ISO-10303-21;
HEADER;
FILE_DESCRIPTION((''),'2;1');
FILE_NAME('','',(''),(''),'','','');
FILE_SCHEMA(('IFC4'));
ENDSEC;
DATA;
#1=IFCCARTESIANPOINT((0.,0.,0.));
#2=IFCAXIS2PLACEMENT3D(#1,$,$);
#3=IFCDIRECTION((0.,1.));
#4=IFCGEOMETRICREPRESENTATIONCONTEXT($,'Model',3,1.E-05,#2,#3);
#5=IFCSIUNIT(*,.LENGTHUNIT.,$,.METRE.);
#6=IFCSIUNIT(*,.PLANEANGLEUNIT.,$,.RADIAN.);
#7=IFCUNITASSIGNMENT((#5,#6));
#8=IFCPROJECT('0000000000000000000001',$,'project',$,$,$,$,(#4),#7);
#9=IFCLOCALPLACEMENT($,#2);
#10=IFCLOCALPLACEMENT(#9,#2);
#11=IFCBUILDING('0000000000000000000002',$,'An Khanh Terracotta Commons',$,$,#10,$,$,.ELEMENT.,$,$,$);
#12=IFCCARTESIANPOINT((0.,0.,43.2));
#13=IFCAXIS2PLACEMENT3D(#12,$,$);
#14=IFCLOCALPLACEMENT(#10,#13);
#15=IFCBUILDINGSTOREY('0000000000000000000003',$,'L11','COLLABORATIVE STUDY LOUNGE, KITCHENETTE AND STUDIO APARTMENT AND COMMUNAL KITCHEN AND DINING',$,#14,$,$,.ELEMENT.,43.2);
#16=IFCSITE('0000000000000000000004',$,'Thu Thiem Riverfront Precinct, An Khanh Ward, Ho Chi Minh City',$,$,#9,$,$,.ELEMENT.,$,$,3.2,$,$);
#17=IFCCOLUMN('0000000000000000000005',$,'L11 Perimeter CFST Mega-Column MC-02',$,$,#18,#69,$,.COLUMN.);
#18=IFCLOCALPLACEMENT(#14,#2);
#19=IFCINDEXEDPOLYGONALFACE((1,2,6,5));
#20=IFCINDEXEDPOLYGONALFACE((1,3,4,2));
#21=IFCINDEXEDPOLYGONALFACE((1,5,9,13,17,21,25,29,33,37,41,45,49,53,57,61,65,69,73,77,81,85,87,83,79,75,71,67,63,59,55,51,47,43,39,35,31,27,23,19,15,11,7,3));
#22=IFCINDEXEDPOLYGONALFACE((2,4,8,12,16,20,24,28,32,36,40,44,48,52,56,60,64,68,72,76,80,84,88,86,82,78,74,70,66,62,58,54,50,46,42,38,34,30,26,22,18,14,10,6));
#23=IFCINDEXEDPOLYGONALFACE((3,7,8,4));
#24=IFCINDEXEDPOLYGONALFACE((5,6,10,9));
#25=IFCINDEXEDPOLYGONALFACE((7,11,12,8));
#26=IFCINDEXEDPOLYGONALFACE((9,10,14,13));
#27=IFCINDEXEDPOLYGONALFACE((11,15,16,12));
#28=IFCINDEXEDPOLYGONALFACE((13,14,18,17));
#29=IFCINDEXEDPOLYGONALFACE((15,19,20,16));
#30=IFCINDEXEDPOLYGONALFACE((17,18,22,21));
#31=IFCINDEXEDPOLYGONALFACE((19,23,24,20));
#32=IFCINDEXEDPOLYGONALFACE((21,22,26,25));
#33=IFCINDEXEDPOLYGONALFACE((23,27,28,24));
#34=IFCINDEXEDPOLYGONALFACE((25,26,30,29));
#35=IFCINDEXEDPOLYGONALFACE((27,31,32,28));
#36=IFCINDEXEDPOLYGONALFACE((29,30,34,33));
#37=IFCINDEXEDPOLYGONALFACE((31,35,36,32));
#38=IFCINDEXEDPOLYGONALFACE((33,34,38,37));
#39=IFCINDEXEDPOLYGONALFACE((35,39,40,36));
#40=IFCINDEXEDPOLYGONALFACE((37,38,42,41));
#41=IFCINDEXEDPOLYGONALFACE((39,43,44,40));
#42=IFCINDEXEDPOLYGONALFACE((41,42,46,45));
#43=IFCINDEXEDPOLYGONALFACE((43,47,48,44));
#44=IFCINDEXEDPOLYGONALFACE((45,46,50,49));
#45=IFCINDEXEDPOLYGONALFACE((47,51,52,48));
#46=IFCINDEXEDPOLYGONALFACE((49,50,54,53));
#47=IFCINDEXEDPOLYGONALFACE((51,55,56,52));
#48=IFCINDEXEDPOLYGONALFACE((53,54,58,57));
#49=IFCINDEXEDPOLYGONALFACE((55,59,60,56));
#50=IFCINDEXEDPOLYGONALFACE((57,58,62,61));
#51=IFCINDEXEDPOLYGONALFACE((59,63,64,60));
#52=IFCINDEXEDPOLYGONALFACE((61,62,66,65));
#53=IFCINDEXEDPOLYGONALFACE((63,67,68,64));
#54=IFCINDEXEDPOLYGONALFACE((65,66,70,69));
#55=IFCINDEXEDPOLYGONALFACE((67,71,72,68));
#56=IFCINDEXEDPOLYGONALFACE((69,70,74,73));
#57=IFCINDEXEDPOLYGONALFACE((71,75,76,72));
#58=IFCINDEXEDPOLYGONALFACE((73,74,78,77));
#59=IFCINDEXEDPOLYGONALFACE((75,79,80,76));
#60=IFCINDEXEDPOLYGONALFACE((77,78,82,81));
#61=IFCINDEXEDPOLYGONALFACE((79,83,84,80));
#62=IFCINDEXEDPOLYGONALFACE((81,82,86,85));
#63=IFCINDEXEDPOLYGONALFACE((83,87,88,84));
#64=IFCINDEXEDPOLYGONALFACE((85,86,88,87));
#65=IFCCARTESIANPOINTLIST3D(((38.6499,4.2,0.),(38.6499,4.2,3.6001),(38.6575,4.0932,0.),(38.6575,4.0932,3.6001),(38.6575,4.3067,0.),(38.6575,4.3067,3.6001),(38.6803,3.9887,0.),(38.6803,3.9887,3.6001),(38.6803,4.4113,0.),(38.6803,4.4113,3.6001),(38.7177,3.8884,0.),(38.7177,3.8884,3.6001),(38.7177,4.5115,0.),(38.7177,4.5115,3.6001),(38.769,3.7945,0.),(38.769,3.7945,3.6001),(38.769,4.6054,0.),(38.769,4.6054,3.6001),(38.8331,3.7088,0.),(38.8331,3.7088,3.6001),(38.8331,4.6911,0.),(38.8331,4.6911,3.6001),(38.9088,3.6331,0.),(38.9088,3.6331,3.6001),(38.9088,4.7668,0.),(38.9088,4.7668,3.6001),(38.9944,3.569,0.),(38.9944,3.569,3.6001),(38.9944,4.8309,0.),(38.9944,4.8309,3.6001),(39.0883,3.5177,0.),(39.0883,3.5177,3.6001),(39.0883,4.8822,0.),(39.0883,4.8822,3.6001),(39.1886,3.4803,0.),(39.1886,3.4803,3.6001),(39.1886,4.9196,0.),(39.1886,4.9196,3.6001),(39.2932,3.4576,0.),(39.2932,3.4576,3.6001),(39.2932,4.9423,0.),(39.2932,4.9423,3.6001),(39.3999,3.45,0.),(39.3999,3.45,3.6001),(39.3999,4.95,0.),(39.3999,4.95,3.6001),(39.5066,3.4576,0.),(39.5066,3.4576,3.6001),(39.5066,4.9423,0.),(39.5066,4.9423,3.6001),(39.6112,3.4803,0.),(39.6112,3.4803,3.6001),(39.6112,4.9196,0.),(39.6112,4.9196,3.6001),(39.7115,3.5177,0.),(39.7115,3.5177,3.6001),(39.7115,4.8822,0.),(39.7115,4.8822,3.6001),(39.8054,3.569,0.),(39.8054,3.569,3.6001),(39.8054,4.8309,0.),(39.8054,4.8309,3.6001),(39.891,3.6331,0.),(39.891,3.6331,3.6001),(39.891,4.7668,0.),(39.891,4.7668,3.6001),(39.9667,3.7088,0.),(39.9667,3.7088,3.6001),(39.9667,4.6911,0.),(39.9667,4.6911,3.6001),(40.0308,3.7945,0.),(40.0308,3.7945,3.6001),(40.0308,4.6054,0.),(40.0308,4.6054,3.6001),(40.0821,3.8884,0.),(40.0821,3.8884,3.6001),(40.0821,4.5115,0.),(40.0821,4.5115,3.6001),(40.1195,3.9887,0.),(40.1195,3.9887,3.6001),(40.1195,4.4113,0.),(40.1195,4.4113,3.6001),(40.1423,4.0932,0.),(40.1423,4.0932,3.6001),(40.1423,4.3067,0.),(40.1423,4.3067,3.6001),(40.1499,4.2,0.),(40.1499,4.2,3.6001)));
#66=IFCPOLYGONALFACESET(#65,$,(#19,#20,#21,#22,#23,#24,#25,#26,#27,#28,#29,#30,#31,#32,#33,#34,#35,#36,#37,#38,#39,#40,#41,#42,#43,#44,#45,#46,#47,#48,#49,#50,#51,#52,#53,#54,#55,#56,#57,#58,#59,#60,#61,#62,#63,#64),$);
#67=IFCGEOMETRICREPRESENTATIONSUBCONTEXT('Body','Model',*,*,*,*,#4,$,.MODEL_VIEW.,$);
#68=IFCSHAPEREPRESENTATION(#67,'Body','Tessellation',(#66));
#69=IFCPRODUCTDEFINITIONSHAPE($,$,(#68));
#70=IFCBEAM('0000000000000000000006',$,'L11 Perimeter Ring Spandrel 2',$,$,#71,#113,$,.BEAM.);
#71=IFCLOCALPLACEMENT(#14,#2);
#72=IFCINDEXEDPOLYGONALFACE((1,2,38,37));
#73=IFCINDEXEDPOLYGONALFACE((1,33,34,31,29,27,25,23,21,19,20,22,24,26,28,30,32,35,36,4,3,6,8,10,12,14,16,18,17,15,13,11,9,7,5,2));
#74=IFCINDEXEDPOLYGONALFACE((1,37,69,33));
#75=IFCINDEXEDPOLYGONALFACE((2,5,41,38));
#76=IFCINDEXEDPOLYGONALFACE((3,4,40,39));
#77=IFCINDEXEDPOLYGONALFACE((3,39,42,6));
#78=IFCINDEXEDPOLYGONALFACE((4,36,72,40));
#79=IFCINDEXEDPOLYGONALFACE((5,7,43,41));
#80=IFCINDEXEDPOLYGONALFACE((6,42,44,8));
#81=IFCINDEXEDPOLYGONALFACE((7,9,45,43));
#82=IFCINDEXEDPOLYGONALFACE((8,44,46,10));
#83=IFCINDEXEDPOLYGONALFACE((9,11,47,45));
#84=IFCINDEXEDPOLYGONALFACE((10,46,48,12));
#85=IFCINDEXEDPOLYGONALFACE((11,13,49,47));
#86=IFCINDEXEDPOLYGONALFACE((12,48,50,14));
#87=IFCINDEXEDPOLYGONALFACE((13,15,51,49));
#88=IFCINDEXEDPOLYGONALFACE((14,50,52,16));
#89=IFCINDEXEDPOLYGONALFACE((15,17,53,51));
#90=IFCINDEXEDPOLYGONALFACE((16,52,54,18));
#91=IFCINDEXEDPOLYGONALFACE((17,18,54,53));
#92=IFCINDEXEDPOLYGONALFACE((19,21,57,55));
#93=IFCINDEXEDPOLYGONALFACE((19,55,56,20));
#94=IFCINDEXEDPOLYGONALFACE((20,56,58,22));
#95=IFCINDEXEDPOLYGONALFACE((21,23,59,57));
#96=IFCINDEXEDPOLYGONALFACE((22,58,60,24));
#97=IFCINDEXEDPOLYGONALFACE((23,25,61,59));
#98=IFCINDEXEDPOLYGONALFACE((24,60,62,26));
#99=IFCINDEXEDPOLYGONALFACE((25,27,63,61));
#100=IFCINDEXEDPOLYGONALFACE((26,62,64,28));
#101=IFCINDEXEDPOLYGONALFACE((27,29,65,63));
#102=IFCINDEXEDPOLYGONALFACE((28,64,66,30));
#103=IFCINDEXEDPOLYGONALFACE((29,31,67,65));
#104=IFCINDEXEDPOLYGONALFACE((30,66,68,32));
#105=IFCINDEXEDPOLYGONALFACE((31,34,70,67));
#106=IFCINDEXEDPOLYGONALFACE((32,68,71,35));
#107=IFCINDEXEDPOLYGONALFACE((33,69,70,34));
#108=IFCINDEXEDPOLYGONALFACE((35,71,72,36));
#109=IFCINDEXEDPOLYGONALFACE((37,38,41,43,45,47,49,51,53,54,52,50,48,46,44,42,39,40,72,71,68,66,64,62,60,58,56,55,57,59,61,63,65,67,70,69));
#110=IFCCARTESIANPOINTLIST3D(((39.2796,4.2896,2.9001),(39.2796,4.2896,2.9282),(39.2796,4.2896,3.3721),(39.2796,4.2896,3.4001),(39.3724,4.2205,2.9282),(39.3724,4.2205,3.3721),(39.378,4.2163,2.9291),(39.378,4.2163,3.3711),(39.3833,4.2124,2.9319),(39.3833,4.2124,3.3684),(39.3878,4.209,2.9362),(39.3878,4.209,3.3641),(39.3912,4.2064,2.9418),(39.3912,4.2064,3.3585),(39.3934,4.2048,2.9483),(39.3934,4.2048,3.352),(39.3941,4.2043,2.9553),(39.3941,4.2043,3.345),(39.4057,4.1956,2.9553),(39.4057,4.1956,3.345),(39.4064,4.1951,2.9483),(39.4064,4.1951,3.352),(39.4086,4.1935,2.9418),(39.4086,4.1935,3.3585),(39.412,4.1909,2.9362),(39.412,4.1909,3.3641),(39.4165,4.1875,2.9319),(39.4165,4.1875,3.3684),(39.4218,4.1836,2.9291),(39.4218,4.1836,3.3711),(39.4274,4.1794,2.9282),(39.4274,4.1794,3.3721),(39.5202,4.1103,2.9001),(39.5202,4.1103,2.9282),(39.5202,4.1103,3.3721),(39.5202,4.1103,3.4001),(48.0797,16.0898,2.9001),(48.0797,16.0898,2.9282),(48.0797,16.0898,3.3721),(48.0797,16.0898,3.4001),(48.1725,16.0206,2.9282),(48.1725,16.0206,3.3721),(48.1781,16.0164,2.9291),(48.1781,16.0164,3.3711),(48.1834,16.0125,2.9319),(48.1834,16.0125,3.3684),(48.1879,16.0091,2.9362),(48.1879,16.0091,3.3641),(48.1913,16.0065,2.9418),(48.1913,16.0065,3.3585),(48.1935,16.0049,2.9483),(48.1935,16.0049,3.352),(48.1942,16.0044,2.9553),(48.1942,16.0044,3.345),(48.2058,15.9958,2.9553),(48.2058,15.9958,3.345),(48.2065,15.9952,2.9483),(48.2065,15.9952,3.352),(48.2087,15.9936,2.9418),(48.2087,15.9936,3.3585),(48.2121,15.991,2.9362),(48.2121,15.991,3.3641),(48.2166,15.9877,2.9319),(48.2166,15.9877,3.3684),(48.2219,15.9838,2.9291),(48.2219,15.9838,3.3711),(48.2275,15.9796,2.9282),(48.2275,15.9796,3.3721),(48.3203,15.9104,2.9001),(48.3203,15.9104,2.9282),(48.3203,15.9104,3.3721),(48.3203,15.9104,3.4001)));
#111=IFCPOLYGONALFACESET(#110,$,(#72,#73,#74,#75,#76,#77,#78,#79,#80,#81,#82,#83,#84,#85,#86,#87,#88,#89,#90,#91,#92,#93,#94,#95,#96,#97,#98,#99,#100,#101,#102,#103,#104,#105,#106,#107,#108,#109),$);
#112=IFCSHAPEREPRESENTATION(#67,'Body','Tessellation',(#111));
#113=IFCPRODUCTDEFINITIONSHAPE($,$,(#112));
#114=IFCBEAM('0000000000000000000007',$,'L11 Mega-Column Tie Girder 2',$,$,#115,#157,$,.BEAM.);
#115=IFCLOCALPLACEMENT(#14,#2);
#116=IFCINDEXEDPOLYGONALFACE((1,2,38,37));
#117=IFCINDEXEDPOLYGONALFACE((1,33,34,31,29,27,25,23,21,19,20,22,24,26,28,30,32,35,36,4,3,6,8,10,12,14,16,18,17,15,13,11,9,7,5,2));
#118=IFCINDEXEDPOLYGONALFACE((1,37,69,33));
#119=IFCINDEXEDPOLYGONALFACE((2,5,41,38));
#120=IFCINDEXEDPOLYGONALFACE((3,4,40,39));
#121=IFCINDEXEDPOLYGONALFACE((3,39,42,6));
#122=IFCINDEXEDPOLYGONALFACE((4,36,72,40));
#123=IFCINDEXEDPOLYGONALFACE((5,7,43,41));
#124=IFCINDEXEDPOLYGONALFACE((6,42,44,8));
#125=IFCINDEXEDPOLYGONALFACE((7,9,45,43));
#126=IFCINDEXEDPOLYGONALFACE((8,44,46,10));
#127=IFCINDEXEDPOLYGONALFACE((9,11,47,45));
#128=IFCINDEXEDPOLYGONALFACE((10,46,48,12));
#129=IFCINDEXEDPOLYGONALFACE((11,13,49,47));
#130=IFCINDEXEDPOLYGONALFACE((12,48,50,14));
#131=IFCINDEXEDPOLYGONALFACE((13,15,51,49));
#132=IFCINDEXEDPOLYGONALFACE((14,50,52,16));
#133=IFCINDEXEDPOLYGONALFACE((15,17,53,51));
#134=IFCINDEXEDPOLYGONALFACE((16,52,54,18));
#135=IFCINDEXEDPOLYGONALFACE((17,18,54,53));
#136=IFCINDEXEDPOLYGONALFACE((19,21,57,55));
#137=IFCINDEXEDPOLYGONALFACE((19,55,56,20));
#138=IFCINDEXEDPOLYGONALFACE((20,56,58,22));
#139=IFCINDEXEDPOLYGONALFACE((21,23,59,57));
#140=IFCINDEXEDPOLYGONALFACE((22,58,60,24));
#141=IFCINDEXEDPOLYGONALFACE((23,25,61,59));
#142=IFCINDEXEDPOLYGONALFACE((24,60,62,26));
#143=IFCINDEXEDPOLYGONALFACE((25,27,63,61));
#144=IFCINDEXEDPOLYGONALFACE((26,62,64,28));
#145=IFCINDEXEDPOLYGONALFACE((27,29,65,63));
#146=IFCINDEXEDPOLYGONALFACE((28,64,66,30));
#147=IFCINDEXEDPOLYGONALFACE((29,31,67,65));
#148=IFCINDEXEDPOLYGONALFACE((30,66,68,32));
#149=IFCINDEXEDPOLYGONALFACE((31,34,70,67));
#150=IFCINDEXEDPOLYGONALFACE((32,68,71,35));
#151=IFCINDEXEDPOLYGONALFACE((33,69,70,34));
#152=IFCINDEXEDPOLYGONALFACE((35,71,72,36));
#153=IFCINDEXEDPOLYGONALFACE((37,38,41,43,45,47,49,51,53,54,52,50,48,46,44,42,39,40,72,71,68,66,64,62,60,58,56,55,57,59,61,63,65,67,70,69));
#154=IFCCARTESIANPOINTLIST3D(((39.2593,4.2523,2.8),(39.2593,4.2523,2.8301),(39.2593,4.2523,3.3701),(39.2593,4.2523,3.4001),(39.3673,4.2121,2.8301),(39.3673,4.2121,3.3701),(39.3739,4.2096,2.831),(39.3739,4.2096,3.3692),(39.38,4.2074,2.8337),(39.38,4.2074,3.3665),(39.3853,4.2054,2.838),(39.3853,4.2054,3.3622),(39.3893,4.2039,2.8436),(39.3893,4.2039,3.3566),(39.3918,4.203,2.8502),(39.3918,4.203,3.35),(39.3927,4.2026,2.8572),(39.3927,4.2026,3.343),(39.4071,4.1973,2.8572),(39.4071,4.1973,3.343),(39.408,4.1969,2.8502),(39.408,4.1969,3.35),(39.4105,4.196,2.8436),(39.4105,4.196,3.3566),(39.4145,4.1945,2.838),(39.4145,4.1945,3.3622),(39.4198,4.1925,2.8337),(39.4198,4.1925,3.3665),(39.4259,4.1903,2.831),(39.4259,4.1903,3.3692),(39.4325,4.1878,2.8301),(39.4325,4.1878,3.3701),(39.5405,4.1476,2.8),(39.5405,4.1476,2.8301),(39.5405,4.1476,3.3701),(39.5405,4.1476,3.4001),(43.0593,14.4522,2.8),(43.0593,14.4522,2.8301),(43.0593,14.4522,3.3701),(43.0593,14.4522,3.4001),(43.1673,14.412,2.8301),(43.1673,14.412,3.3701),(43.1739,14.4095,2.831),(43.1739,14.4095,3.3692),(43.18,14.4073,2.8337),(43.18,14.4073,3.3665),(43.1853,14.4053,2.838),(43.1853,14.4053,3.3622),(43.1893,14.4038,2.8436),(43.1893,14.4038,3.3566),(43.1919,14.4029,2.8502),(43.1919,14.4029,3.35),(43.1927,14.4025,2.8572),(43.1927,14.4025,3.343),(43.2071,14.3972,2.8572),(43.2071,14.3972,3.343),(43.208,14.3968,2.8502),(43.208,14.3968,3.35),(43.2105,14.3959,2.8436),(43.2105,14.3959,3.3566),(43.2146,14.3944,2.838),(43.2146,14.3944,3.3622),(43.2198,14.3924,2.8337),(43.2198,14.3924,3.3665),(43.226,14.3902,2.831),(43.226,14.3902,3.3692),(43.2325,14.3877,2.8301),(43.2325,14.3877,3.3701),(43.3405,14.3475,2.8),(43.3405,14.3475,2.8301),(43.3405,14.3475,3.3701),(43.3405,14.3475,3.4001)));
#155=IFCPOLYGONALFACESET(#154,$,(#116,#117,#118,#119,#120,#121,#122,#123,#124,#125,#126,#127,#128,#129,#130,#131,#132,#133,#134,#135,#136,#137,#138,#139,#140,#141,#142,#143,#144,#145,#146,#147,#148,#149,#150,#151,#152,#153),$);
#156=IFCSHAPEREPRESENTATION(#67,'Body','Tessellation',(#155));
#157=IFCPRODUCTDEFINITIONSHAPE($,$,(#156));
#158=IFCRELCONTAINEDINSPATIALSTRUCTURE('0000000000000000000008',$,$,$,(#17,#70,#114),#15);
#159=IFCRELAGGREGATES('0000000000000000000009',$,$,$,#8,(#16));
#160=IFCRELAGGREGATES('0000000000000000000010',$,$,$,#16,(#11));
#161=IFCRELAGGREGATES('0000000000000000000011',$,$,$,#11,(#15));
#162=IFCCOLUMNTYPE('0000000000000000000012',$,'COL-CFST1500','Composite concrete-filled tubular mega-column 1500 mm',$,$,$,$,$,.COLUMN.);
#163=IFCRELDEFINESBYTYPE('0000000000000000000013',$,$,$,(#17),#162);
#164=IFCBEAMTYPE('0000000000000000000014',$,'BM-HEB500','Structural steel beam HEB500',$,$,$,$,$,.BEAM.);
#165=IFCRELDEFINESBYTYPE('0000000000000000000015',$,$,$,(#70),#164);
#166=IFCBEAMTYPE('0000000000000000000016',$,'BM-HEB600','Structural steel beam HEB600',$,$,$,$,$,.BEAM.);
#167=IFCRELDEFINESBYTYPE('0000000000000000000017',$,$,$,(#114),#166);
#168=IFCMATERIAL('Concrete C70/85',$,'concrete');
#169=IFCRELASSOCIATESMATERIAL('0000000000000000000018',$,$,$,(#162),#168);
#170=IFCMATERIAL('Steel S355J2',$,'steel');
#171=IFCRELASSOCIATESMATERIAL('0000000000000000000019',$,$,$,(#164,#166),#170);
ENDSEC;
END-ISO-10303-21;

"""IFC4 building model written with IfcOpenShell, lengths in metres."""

from ifc_helpers import new_model, si_unit, direction, frame, origin, origin_2d, place, context, subcontext, project, spatial, circle, i_section, extrude, material, material_profile, profile_set, type_object, element, save


model = new_model("IFC4")

# Units and contexts
model_context = context("Model", 3, precision=1e-05, world=origin(), true_north=direction((0.0, 1.0)))
body_context = subcontext(model_context, "Body", "Model", "MODEL_VIEW")
ifc_project = project(units=[si_unit("LENGTHUNIT", "METRE"), si_unit("PLANEANGLEUNIT", "RADIAN")], contexts=[model_context])

# Site, building, storey
site_placement = place(None, origin())
site = spatial("IfcSite", under=ifc_project, at=site_placement, Name="Thu Thiem Riverfront Precinct, An Khanh Ward, Ho Chi Minh City", CompositionType="ELEMENT", RefElevation=3.2)
building_placement = place(site_placement, origin())
building = spatial("IfcBuilding", under=site, at=building_placement, Name="An Khanh Terracotta Commons", CompositionType="ELEMENT")
storey_placement = place(building_placement, frame((0.0, 0.0, 43.2)))
storey = spatial("IfcBuildingStorey", under=building, at=storey_placement, Name="L11", Description="COLLABORATIVE STUDY LOUNGE, KITCHENETTE AND STUDIO APARTMENT AND COMMUNAL KITCHEN AND DINING", CompositionType="ELEMENT", Elevation=43.2)

# Column
ifc_material_1 = material(Name="Concrete C70/85", Category="concrete")
ifc_material_profile_1 = material_profile(ifc_material_1, circle(Radius=0.75, at=origin_2d()), Name="CFST1500")
ifc_profile_set_1 = profile_set([ifc_material_profile_1], Name="Concrete C70/85")
column_type = type_object("IfcColumnType", Name="COL-CFST1500", Description="Composite concrete-filled tubular mega-column 1500 mm", PredefinedType="COLUMN", material=ifc_profile_set_1)
column_placement = place(storey_placement, frame((39.3999, 4.2, 0.0), z_axis=(0.0, 0.0, 1.0), x_axis=(1.0, 0.0, 0.0)))
element("IfcColumn", 1, at=column_placement, inside=storey, type_object=column_type, Name="L11 Perimeter CFST Mega-Column MC-02", PredefinedType="COLUMN", context=body_context, shape_type="SweptSolid", body=[
    extrude(circle(Radius=0.75, at=origin_2d()), origin(), (0.0, 0.0, 1.0), 3.6001),
])

# Beams
ifc_material_2 = material(Name="Steel S355J2", Category="steel")
ifc_material_profile_2 = material_profile(ifc_material_2, i_section(OverallWidth=0.3, OverallDepth=0.5, WebThickness=0.0144, FlangeThickness=0.0281, FilletRadius=0.0271, at=origin_2d()), Name="HEB500")
ifc_profile_set_2 = profile_set([ifc_material_profile_2], Name="Steel S355J2")
beam_type_1 = type_object("IfcBeamType", Name="BM-HEB500", Description="Structural steel beam HEB500", PredefinedType="BEAM", material=ifc_profile_set_2)
beam_1_placement = place(storey_placement, frame((39.3999, 4.2, 3.1501), z_axis=(0.597824, 0.801627, 0.0), x_axis=(-0.801627, 0.597824, 0.0)))
element("IfcBeam", 2, at=beam_1_placement, inside=storey, type_object=beam_type_1, Name="L11 Perimeter Ring Spandrel 2", PredefinedType="BEAM", context=body_context, shape_type="SweptSolid", body=[
    extrude(i_section(OverallWidth=0.3, OverallDepth=0.5, WebThickness=0.0144, FlangeThickness=0.0281, FilletRadius=0.0271, at=origin_2d()), origin(), (0.0, 0.0, 1.0), 14.7202),
])
ifc_material_profile_3 = material_profile(ifc_material_2, i_section(OverallWidth=0.3, OverallDepth=0.6001, WebThickness=0.0154, FlangeThickness=0.03, FilletRadius=0.0271, at=origin_2d()), Name="HEB600")
ifc_profile_set_3 = profile_set([ifc_material_profile_3], Name="Steel S355J2")
beam_type_2 = type_object("IfcBeamType", Name="BM-HEB600", Description="Structural steel beam HEB600", PredefinedType="BEAM", material=ifc_profile_set_3)
beam_2_placement = place(storey_placement, frame((39.3999, 4.2, 3.1001), z_axis=(0.349114, 0.93708, 0.0), x_axis=(-0.93708, 0.349114, 0.0)))
element("IfcBeam", 3, at=beam_2_placement, inside=storey, type_object=beam_type_2, Name="L11 Mega-Column Tie Girder 2", PredefinedType="BEAM", context=body_context, shape_type="SweptSolid", body=[
    extrude(i_section(OverallWidth=0.3, OverallDepth=0.6001, WebThickness=0.0154, FlangeThickness=0.03, FilletRadius=0.0271, at=origin_2d()), origin(), (0.0, 0.0, 1.0), 10.8848),
])

save(model, "model.ifc")
